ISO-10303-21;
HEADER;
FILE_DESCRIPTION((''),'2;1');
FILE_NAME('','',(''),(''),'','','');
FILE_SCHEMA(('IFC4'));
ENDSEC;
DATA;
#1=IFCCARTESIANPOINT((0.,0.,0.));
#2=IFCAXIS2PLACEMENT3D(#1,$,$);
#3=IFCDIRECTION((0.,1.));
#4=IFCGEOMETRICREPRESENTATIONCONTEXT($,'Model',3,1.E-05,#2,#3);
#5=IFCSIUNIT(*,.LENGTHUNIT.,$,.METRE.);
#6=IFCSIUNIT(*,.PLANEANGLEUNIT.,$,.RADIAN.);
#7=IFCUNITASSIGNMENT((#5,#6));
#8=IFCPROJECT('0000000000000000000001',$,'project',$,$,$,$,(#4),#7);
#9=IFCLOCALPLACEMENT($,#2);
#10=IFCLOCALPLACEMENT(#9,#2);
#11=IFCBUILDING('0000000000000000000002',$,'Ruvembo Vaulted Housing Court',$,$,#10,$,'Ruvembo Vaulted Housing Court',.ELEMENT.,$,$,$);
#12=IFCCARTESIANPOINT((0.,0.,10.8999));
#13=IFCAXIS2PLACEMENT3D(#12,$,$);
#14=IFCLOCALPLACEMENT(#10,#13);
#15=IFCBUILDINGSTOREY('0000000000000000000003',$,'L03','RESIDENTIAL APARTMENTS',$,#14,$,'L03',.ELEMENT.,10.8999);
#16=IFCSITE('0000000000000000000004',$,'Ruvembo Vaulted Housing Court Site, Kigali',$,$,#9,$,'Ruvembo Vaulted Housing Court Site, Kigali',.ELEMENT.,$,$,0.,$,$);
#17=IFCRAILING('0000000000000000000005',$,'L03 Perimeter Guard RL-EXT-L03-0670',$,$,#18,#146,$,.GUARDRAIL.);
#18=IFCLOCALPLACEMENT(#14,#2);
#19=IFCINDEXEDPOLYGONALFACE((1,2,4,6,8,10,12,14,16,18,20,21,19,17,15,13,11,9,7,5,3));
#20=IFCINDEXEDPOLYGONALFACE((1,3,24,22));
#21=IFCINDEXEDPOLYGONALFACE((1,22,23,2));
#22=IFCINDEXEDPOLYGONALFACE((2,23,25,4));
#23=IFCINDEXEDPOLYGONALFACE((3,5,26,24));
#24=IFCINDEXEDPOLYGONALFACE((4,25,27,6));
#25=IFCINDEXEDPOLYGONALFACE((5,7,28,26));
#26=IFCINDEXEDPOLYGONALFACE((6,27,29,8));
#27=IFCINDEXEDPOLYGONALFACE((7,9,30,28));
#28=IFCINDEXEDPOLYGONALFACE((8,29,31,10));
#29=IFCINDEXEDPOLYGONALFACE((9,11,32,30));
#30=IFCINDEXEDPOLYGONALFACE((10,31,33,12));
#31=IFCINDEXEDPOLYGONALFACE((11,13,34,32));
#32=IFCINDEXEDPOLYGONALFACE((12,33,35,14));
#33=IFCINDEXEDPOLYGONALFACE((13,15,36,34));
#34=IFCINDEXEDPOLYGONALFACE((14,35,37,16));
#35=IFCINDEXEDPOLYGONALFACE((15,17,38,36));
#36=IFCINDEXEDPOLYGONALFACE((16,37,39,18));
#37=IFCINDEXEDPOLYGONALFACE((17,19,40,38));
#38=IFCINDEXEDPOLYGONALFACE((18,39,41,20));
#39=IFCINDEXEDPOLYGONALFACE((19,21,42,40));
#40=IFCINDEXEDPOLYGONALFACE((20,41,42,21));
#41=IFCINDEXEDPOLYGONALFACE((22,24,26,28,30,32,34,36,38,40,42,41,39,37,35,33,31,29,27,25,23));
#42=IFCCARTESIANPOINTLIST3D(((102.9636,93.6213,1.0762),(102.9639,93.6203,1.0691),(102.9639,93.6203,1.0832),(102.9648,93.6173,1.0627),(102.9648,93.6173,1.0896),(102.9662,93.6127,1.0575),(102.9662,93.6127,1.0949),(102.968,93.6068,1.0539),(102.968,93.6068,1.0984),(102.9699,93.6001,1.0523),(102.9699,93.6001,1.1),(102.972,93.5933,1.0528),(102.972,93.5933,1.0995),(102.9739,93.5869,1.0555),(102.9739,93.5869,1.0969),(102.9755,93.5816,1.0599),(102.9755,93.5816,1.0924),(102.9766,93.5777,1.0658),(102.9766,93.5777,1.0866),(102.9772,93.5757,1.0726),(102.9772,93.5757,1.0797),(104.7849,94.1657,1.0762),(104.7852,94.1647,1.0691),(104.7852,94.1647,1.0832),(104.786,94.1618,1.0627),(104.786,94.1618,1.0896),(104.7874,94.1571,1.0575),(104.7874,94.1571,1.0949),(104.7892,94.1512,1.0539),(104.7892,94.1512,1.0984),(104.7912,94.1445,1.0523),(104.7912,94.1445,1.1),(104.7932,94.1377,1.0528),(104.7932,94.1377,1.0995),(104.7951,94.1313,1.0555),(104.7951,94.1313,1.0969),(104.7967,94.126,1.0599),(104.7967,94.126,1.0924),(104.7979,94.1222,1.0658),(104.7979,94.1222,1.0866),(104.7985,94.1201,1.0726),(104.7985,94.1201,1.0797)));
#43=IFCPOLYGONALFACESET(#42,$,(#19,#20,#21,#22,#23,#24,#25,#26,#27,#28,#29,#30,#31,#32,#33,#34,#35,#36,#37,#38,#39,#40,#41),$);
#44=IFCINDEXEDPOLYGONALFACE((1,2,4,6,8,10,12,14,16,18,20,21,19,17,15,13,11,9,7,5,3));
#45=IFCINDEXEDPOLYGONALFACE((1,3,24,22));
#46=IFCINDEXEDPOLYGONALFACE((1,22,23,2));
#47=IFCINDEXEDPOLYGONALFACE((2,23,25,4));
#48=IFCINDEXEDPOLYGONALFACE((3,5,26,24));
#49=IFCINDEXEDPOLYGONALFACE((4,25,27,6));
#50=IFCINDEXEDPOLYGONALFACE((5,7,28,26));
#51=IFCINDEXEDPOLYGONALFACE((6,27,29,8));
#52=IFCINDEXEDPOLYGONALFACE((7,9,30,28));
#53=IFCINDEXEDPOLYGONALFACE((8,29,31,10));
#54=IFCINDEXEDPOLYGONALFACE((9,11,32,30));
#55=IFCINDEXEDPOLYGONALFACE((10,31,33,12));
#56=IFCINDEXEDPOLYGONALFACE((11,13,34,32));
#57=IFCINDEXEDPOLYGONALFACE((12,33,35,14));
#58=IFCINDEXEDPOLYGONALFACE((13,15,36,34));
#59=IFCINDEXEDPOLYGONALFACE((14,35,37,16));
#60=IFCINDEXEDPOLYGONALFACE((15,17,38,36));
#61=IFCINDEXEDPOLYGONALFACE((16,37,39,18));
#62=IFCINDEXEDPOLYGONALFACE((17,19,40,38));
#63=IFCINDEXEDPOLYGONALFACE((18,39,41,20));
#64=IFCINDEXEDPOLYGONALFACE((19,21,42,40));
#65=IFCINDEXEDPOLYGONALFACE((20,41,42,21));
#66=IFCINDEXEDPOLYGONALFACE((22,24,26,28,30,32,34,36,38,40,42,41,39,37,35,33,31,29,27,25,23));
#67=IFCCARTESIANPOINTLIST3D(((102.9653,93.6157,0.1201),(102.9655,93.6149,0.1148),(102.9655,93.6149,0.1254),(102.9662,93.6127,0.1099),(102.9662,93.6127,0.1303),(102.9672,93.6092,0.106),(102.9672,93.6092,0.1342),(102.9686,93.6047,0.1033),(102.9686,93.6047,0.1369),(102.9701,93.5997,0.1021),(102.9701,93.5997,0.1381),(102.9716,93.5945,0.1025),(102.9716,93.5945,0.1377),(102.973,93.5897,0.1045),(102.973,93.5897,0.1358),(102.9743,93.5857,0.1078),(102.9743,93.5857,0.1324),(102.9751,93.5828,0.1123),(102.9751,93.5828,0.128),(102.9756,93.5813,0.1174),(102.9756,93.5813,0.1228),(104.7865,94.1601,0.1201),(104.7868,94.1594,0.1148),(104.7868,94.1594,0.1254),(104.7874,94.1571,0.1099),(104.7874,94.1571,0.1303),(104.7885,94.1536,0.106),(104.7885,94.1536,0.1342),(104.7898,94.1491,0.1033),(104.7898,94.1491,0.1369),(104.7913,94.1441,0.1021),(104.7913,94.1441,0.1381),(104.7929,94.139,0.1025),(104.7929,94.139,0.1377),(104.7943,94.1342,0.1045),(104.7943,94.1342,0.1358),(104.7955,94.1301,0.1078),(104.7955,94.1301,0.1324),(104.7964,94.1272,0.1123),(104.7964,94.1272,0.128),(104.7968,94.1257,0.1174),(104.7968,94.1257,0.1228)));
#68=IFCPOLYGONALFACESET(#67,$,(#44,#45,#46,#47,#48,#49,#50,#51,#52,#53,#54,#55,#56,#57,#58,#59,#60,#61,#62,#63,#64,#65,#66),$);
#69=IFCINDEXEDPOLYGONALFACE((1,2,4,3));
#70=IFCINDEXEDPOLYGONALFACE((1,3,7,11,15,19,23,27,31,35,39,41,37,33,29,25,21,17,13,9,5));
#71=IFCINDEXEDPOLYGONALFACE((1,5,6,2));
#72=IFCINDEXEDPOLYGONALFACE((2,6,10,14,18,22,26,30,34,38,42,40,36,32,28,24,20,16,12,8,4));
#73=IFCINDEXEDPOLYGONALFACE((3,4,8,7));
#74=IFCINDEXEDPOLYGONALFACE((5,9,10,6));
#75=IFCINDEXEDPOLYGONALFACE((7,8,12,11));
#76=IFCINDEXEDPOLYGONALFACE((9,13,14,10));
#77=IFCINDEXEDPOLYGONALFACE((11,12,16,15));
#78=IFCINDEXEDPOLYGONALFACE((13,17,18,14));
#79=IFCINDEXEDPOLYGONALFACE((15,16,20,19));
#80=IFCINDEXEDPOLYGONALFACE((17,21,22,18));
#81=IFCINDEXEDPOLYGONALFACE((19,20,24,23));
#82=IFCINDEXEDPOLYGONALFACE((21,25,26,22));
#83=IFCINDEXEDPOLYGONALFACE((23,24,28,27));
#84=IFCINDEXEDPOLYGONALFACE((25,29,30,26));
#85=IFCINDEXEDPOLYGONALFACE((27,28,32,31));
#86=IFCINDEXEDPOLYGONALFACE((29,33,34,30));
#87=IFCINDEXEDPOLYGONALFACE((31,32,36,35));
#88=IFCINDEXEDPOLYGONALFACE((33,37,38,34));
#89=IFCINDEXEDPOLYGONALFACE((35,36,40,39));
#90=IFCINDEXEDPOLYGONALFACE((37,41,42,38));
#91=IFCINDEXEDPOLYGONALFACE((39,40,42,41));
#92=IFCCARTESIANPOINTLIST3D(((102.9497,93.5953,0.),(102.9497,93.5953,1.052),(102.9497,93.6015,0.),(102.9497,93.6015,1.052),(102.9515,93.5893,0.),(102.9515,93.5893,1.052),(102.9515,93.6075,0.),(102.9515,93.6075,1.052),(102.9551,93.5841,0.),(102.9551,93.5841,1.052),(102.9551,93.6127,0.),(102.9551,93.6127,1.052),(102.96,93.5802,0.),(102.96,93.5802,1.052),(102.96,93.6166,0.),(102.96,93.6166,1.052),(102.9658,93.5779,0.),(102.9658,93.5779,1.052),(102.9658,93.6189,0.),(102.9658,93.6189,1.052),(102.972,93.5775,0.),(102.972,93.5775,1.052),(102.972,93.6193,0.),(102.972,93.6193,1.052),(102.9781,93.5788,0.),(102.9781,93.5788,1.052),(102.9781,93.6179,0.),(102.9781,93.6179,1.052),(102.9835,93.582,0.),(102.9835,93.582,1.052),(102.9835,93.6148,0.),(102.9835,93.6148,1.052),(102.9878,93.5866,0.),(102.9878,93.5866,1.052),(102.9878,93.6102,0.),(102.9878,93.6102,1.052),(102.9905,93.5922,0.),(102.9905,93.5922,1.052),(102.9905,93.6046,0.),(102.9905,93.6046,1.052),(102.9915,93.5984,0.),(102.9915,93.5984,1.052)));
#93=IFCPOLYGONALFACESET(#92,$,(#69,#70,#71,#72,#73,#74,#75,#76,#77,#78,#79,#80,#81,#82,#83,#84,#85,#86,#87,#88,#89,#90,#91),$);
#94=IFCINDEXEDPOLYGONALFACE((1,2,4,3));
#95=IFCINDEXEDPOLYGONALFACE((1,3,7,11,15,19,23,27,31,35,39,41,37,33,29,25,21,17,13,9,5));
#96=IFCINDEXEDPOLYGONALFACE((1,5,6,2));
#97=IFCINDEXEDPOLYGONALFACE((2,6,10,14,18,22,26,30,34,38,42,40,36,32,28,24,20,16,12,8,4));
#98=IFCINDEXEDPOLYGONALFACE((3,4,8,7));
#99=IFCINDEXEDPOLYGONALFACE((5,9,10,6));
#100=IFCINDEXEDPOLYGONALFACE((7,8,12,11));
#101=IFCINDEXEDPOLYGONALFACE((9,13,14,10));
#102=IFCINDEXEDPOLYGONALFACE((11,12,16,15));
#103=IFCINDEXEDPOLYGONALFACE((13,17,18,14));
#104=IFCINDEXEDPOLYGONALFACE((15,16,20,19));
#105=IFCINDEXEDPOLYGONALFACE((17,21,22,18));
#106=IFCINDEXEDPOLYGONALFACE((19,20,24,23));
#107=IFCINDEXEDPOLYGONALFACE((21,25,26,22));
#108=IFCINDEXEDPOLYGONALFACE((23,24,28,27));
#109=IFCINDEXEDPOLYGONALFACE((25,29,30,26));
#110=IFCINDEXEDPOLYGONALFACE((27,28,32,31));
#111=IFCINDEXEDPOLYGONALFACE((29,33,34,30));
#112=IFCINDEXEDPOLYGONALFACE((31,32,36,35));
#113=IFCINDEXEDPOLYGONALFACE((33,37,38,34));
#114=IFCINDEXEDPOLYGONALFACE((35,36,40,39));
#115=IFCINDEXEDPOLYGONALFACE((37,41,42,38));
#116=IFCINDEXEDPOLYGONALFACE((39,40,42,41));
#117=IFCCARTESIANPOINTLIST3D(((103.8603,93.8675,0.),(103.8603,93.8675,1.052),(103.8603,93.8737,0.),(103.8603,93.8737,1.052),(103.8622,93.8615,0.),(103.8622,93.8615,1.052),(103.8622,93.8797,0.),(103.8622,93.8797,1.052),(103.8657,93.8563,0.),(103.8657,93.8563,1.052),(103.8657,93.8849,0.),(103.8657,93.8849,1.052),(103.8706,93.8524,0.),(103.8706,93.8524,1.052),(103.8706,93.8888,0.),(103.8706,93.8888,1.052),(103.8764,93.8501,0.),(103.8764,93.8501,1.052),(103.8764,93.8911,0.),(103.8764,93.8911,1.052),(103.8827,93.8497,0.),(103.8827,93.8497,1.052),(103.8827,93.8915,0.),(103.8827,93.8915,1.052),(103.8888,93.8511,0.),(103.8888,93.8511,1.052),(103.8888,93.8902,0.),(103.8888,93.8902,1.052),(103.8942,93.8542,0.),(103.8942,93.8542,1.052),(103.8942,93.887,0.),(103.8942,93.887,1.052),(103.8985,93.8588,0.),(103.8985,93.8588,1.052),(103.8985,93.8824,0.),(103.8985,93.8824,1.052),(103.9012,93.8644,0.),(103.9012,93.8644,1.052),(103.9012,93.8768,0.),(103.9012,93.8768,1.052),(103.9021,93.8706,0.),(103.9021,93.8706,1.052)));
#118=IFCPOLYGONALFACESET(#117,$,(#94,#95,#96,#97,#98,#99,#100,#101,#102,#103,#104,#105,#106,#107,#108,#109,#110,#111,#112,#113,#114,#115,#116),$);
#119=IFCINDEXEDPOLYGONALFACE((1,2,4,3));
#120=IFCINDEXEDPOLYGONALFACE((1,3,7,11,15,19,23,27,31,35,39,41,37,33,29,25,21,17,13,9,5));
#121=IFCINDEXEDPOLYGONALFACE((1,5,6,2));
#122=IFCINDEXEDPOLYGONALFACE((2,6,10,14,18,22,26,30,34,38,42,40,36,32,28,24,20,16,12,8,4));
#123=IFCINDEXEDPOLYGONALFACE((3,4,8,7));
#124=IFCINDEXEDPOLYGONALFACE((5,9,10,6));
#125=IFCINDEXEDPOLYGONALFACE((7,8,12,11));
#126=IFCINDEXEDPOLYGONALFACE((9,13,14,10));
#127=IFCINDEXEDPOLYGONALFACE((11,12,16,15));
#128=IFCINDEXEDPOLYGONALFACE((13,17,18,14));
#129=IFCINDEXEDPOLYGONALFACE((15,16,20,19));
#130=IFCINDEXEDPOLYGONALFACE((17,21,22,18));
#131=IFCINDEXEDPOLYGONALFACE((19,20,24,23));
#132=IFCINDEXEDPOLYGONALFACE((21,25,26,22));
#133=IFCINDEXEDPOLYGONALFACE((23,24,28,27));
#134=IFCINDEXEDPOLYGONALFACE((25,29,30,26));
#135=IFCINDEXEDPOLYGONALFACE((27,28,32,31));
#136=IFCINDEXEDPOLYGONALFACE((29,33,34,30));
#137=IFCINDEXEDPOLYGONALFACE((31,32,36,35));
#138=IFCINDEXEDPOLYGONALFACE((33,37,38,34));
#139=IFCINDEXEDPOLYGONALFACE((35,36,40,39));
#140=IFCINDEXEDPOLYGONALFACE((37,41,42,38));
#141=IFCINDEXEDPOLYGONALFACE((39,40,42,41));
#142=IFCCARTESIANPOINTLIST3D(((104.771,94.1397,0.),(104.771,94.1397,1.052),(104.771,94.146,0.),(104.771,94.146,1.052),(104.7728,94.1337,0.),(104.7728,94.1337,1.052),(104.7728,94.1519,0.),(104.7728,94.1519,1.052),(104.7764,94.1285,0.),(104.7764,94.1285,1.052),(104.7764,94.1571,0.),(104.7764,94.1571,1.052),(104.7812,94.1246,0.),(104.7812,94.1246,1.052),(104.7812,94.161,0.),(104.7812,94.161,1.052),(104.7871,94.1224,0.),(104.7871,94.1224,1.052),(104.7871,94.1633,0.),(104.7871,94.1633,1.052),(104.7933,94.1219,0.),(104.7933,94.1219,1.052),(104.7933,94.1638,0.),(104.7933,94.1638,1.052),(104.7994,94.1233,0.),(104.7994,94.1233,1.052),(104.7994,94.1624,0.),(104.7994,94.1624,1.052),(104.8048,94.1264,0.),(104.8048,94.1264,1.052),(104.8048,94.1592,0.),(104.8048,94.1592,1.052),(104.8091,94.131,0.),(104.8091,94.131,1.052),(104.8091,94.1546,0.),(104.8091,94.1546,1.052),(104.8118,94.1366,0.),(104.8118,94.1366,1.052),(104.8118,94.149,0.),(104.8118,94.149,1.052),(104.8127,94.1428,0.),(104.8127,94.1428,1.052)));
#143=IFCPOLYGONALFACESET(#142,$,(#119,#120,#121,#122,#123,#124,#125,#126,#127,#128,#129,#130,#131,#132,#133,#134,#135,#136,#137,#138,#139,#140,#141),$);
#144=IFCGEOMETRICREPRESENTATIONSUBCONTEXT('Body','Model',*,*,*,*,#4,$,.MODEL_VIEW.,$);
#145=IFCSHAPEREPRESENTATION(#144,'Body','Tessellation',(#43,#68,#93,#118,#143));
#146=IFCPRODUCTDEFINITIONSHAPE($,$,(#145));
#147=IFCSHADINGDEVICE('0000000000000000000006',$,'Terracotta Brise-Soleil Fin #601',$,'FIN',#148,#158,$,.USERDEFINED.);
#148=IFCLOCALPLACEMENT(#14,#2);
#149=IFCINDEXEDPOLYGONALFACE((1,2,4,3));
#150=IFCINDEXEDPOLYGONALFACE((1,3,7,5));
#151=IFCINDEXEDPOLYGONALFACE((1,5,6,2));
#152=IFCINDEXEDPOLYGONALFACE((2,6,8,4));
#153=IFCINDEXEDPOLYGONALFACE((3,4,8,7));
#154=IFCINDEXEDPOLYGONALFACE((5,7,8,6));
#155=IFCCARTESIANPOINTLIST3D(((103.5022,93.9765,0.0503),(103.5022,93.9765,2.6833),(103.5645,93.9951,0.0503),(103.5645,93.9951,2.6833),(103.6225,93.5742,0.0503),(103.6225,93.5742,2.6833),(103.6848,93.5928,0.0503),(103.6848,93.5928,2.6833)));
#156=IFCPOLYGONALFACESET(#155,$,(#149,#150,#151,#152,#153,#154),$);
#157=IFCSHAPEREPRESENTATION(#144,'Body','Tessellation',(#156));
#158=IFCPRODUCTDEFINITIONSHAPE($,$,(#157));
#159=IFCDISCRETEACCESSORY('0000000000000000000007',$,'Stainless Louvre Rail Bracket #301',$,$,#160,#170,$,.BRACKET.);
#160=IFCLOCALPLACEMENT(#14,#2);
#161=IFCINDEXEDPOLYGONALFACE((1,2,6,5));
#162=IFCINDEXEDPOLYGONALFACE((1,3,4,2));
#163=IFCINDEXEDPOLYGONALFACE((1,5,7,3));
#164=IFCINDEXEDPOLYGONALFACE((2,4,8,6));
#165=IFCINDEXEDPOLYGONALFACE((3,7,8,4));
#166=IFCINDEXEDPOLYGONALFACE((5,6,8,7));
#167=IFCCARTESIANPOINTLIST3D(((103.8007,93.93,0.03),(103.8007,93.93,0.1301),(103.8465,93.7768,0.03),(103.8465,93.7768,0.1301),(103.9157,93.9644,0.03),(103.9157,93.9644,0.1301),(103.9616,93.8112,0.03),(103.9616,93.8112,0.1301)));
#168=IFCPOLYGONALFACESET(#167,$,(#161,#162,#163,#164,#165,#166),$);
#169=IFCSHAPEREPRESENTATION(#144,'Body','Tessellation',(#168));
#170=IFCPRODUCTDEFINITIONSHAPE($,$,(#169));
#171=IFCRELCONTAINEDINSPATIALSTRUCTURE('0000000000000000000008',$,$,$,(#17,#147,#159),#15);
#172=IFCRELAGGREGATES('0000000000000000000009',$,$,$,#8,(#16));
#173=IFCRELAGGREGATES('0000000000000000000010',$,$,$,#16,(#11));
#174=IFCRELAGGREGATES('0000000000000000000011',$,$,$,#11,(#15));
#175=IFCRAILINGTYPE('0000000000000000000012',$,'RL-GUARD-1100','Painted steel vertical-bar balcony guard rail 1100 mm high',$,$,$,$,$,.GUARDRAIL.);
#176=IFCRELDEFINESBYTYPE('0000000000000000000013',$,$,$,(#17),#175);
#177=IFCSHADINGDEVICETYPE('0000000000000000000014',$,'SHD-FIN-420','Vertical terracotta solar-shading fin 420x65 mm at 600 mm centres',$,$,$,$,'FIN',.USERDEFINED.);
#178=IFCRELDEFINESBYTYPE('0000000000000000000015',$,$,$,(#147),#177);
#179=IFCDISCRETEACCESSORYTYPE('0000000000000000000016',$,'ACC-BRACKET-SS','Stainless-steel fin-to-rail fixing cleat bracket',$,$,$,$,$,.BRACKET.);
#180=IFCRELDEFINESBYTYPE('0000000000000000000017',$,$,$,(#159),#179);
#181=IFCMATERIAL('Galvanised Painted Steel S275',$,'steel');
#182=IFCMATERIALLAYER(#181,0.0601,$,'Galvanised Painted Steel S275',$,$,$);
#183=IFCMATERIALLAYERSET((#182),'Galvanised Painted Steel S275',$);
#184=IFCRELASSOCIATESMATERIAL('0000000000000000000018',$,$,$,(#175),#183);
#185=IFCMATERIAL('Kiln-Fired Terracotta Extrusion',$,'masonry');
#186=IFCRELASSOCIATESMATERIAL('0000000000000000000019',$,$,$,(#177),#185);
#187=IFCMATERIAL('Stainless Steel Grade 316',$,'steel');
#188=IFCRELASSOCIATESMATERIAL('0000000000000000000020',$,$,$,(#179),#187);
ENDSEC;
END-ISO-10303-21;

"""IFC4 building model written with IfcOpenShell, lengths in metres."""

from ifc_helpers import new_model, si_unit, direction, frame, origin, origin_2d, place, context, subcontext, project, spatial, rectangle, circle, extrude, material, layer, layer_set, type_object, element, save


model = new_model("IFC4")

# Units and contexts
model_context = context("Model", 3, precision=1e-05, world=origin(), true_north=direction((0.0, 1.0)))
body_context = subcontext(model_context, "Body", "Model", "MODEL_VIEW")
ifc_project = project(units=[si_unit("LENGTHUNIT", "METRE"), si_unit("PLANEANGLEUNIT", "RADIAN")], contexts=[model_context])

# Site, building, storey
site_placement = place(None, origin())
site = spatial("IfcSite", under=ifc_project, at=site_placement, Name="Ruvembo Vaulted Housing Court Site, Kigali", LongName="Ruvembo Vaulted Housing Court Site, Kigali", CompositionType="ELEMENT", RefElevation=0.0)
building_placement = place(site_placement, origin())
building = spatial("IfcBuilding", under=site, at=building_placement, Name="Ruvembo Vaulted Housing Court", LongName="Ruvembo Vaulted Housing Court", CompositionType="ELEMENT")
storey_placement = place(building_placement, frame((0.0, 0.0, 10.8999)))
storey = spatial("IfcBuildingStorey", under=building, at=storey_placement, Name="L03", Description="RESIDENTIAL APARTMENTS", LongName="L03", CompositionType="ELEMENT", Elevation=10.8999)

# Railing
ifc_material_1 = material(Name="Galvanised Painted Steel S275", Category="steel")
ifc_layer_1 = layer(ifc_material_1, 0.0601, Name="Galvanised Painted Steel S275")
ifc_layer_set_1 = layer_set([ifc_layer_1], Name="Galvanised Painted Steel S275")
railing_type = type_object("IfcRailingType", Name="RL-GUARD-1100", Description="Painted steel vertical-bar balcony guard rail 1100 mm high", PredefinedType="GUARDRAIL", material=ifc_layer_set_1)
railing_placement = place(storey_placement, frame((102.9705, 93.5984, 0.0)))
element("IfcRailing", 1, at=railing_placement, inside=storey, type_object=railing_type, Name="L03 Perimeter Guard RL-EXT-L03-0670", PredefinedType="GUARDRAIL", context=body_context, shape_type="SweptSolid", body=[
    extrude(circle(Radius=0.0239, at=origin_2d()), frame((0.0, 0.0, 1.0762), z_axis=(0.958109, 0.286405, 0.0), x_axis=(-0.286405, 0.958109, 0.0)), (0.0, 0.0, 1.0), 1.9009),
    extrude(circle(Radius=0.0181, at=origin_2d()), frame((0.0, 0.0, 0.1201), z_axis=(0.958109, 0.286405, 0.0), x_axis=(-0.286405, 0.958109, 0.0)), (0.0, 0.0, 1.0), 1.9009),
    extrude(circle(Radius=0.021, at=origin_2d()), origin(), (0.0, 0.0, 1.0), 1.052),
    extrude(circle(Radius=0.021, at=origin_2d()), frame((0.9106, 0.2722, 0.0)), (0.0, 0.0, 1.0), 1.052),
    extrude(circle(Radius=0.021, at=origin_2d()), frame((1.8213, 0.5444, 0.0)), (0.0, 0.0, 1.0), 1.052),
])

# Shading device
ifc_material_2 = material(Name="Kiln-Fired Terracotta Extrusion", Category="masonry")
shading_device_type = type_object("IfcShadingDeviceType", Name="SHD-FIN-420", Description="Vertical terracotta solar-shading fin 420x65 mm at 600 mm centres", ElementType="FIN", PredefinedType="USERDEFINED", material=ifc_material_2)
shading_device_placement = place(storey_placement, frame((103.5935, 93.7847, 0.0503), z_axis=(0.0, 0.0, 1.0), x_axis=(0.286491, -0.958083, 0.0)))
element("IfcShadingDevice", 2, at=shading_device_placement, inside=storey, type_object=shading_device_type, Name="Terracotta Brise-Soleil Fin #601", ObjectType="FIN", PredefinedType="USERDEFINED", context=body_context, shape_type="SweptSolid", body=[
    extrude(rectangle(XDim=0.4199, YDim=0.0649, at=origin_2d()), origin(), (0.0, 0.0, 1.0), 2.6331),
])

# Discrete accessory
ifc_material_3 = material(Name="Stainless Steel Grade 316", Category="steel")
discrete_accessory_type = type_object("IfcDiscreteAccessoryType", Name="ACC-BRACKET-SS", Description="Stainless-steel fin-to-rail fixing cleat bracket", PredefinedType="BRACKET", material=ifc_material_3)
discrete_accessory_placement = place(storey_placement, frame((103.8811, 93.8706, 0.03), z_axis=(0.0, 0.0, 1.0), x_axis=(0.286491, -0.958083, 0.0)))
element("IfcDiscreteAccessory", 3, at=discrete_accessory_placement, inside=storey, type_object=discrete_accessory_type, Name="Stainless Louvre Rail Bracket #301", PredefinedType="BRACKET", context=body_context, shape_type="SweptSolid", body=[
    extrude(rectangle(XDim=0.1599, YDim=0.1201, at=origin_2d()), origin(), (0.0, 0.0, 1.0), 0.1001),
])

save(model, "model.ifc")
